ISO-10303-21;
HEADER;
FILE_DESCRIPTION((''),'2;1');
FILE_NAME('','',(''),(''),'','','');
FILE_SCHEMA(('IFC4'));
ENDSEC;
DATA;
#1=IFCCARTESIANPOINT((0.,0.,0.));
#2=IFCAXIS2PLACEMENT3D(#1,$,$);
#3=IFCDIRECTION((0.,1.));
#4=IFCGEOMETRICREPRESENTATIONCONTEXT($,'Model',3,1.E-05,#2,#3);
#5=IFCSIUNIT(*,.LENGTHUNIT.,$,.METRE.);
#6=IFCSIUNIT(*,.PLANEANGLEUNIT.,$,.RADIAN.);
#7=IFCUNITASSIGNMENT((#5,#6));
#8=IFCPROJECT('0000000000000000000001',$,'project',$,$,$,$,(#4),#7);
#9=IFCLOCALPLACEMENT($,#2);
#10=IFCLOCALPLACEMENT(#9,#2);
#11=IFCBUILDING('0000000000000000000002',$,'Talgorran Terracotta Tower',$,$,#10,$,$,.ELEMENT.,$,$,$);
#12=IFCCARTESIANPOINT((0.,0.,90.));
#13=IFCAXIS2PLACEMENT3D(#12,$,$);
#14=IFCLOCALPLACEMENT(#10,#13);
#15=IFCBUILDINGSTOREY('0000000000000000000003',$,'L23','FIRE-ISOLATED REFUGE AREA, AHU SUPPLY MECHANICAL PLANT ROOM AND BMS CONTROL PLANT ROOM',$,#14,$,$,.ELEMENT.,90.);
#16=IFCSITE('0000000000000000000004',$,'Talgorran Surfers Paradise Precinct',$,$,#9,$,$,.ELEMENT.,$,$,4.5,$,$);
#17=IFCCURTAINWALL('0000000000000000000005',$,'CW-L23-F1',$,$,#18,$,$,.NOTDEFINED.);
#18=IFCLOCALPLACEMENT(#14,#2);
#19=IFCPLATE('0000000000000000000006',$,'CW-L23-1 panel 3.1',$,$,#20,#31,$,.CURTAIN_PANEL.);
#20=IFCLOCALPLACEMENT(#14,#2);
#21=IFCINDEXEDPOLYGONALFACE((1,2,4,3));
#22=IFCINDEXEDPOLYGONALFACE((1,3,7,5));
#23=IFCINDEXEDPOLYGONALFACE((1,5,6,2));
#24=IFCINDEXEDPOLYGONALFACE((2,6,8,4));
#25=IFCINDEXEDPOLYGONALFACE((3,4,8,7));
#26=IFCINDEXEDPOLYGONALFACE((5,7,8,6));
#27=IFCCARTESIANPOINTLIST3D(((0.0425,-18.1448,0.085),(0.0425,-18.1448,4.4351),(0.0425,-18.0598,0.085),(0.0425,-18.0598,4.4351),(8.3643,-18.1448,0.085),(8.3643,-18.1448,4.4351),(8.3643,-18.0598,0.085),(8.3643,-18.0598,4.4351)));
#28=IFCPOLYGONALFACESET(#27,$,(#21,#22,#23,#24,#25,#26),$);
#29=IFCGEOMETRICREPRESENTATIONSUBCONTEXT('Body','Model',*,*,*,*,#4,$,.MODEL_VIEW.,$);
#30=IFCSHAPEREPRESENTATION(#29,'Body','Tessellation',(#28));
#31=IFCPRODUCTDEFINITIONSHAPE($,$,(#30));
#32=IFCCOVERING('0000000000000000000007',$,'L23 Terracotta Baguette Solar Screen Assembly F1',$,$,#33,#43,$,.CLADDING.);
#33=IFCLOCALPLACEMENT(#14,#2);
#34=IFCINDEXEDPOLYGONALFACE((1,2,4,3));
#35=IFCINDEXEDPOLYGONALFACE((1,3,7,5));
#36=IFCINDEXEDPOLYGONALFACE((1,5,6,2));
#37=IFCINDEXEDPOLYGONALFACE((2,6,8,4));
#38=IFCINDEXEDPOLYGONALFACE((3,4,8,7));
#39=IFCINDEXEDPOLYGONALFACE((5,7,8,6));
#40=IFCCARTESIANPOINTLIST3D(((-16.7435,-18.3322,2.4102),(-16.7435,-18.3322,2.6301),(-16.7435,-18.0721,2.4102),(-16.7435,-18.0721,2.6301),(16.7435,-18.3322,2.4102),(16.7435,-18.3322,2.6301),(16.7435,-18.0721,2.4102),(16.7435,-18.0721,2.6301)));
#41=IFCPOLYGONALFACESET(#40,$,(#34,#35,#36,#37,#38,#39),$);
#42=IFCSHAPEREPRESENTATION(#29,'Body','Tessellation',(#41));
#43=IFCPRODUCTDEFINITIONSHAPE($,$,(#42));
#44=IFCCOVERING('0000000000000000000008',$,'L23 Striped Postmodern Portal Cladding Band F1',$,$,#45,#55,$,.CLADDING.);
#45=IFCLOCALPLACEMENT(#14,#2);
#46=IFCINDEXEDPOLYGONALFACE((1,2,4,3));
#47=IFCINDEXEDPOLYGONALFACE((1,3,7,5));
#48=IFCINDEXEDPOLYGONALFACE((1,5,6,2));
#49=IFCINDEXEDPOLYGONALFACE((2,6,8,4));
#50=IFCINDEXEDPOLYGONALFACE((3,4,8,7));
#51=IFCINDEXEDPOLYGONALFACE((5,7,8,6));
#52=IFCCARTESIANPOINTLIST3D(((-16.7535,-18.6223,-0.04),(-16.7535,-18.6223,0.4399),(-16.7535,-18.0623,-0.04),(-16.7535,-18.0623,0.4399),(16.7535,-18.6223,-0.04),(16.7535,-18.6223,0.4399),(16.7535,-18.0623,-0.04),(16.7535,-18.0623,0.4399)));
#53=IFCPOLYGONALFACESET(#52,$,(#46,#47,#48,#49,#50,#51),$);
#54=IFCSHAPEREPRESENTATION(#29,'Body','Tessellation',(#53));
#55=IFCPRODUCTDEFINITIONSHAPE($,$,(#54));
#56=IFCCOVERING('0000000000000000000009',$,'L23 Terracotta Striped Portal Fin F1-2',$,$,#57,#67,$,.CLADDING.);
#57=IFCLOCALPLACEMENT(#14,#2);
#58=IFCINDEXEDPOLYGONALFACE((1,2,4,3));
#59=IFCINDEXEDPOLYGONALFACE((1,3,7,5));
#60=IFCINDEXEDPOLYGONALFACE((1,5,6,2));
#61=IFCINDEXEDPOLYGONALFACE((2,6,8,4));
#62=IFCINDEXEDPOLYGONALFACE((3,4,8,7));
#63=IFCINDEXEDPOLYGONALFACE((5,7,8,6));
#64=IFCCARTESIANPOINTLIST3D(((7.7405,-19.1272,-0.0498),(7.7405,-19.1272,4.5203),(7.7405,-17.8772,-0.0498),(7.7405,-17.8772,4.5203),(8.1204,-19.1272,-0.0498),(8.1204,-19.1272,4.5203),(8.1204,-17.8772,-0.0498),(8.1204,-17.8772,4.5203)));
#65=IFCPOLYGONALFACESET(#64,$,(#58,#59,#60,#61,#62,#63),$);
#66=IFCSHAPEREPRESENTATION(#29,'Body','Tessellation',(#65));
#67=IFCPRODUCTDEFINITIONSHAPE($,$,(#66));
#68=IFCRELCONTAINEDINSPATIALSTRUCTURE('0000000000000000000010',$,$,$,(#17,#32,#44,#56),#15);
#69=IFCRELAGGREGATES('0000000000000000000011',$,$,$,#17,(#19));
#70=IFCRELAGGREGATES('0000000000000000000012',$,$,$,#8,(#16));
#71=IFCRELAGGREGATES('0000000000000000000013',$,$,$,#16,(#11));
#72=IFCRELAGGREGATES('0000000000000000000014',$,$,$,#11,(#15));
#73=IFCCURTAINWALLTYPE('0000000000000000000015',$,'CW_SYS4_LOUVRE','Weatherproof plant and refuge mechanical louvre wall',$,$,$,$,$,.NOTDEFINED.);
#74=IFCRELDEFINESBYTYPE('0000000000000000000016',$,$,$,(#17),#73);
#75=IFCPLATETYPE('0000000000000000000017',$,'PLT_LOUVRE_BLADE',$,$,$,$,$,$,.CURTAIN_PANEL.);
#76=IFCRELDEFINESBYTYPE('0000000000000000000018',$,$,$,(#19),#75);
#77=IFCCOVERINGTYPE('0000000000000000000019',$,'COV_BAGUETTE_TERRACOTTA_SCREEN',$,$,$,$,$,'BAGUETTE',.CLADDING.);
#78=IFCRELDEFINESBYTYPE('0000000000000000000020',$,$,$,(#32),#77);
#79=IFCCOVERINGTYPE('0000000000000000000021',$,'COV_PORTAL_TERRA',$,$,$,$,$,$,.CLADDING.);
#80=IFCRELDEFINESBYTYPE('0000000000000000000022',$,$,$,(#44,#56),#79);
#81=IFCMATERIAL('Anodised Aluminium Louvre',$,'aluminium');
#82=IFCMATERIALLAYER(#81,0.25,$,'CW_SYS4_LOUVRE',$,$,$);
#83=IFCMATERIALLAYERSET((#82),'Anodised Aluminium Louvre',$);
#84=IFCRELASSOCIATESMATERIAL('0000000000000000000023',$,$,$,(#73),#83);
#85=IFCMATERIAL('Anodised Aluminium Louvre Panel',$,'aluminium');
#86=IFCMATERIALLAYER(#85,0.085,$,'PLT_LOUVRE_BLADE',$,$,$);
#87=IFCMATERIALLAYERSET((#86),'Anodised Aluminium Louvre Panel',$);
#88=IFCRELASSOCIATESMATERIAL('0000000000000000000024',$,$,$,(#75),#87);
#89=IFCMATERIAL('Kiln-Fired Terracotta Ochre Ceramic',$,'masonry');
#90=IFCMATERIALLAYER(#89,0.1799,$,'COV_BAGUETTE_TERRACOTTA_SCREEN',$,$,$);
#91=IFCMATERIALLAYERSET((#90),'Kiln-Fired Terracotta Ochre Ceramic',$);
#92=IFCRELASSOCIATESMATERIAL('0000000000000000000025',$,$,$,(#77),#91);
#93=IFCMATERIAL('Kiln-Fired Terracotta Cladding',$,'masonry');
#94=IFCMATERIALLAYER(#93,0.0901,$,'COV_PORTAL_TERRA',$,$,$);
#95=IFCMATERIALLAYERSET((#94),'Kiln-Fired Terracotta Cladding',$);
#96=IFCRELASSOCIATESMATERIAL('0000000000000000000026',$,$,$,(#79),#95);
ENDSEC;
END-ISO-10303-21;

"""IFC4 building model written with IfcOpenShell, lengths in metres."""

from ifc_helpers import new_model, si_unit, direction, frame, origin, origin_2d, place, context, subcontext, project, spatial, rectangle, extrude, source, transform, mapped, material, layer, layer_set, type_object, type_shapes, element, aggregate, save


model = new_model("IFC4")

# Units and contexts
model_context = context("Model", 3, precision=1e-05, world=origin(), true_north=direction((0.0, 1.0)))
body_context = subcontext(model_context, "Body", "Model", "MODEL_VIEW")
ifc_project = project(units=[si_unit("LENGTHUNIT", "METRE"), si_unit("PLANEANGLEUNIT", "RADIAN")], contexts=[model_context])

# Site, building, storey
site_placement = place(None, origin())
site = spatial("IfcSite", under=ifc_project, at=site_placement, Name="Talgorran Surfers Paradise Precinct", CompositionType="ELEMENT", RefElevation=4.5)
building_placement = place(site_placement, origin())
building = spatial("IfcBuilding", under=site, at=building_placement, Name="Talgorran Terracotta Tower", CompositionType="ELEMENT")
storey_placement = place(building_placement, frame((0.0, 0.0, 90.0)))
storey = spatial("IfcBuildingStorey", under=building, at=storey_placement, Name="L23", Description="FIRE-ISOLATED REFUGE AREA, AHU SUPPLY MECHANICAL PLANT ROOM AND BMS CONTROL PLANT ROOM", CompositionType="ELEMENT", Elevation=90.0)

# Curtain wall
ifc_material_1 = material(Name="Anodised Aluminium Louvre", Category="aluminium")
ifc_layer_1 = layer(ifc_material_1, 0.25, Name="CW_SYS4_LOUVRE")
ifc_layer_set_1 = layer_set([ifc_layer_1], Name="Anodised Aluminium Louvre")
curtain_wall_type = type_object("IfcCurtainWallType", Name="CW_SYS4_LOUVRE", Description="Weatherproof plant and refuge mechanical louvre wall", PredefinedType="NOTDEFINED", material=ifc_layer_set_1)
curtain_wall_placement = place(storey_placement, origin())
curtain_wall = element("IfcCurtainWall", 1, at=curtain_wall_placement, inside=storey, type_object=curtain_wall_type, Name="CW-L23-F1", PredefinedType="NOTDEFINED")

# Plate
ifc_material_2 = material(Name="Anodised Aluminium Louvre Panel", Category="aluminium")
ifc_layer_2 = layer(ifc_material_2, 0.085, Name="PLT_LOUVRE_BLADE")
ifc_layer_set_2 = layer_set([ifc_layer_2], Name="Anodised Aluminium Louvre Panel")
plate_type_1 = type_object("IfcPlateType", Name="PLT_LOUVRE_BLADE", PredefinedType="CURTAIN_PANEL", material=ifc_layer_set_2)
shared_shape = source(origin(), body_context, "Body", "SweptSolid", [
    extrude(rectangle(XDim=8.3218, YDim=0.085, at=origin_2d()), origin(), (0.0, 0.0, 1.0), 4.3501),
])
type_shapes(plate_type_1, [shared_shape])
plate_1_placement = place(storey_placement, frame((4.2034, -18.1023, 0.085), z_axis=(0.0, 0.0, 1.0), x_axis=(1.0, 0.0, 0.0)))
plate_1 = element("IfcPlate", 2, at=plate_1_placement, type_object=plate_type_1, Name="CW-L23-1 panel 3.1", PredefinedType="CURTAIN_PANEL", context=body_context, shape_type="MappedRepresentation", body=[
    mapped(shared_shape, transform((0.0, 0.0, 0.0), scale=1.0)),
])
aggregate(curtain_wall, [plate_1])

# Coverings
ifc_material_3 = material(Name="Kiln-Fired Terracotta Ochre Ceramic", Category="masonry")
ifc_layer_3 = layer(ifc_material_3, 0.1799, Name="COV_BAGUETTE_TERRACOTTA_SCREEN")
ifc_layer_set_3 = layer_set([ifc_layer_3], Name="Kiln-Fired Terracotta Ochre Ceramic")
covering_type_1 = type_object("IfcCoveringType", Name="COV_BAGUETTE_TERRACOTTA_SCREEN", ElementType="BAGUETTE", PredefinedType="CLADDING", material=ifc_layer_set_3)
covering_1_placement = place(storey_placement, frame((0.0, -18.2021, 2.4102), z_axis=(0.0, 0.0, 1.0), x_axis=(1.0, 0.0, 0.0)))
element("IfcCovering", 3, at=covering_1_placement, inside=storey, type_object=covering_type_1, Name="L23 Terracotta Baguette Solar Screen Assembly F1", PredefinedType="CLADDING", context=body_context, shape_type="SweptSolid", body=[
    extrude(rectangle(XDim=33.4871, YDim=0.26, at=origin_2d()), origin(), (0.0, 0.0, 1.0), 0.22),
])
ifc_material_4 = material(Name="Kiln-Fired Terracotta Cladding", Category="masonry")
ifc_layer_4 = layer(ifc_material_4, 0.0901, Name="COV_PORTAL_TERRA")
ifc_layer_set_4 = layer_set([ifc_layer_4], Name="Kiln-Fired Terracotta Cladding")
covering_type_2 = type_object("IfcCoveringType", Name="COV_PORTAL_TERRA", PredefinedType="CLADDING", material=ifc_layer_set_4)
covering_2_placement = place(storey_placement, frame((0.0, -18.3423, -0.04), z_axis=(0.0, 0.0, 1.0), x_axis=(1.0, 0.0, 0.0)))
element("IfcCovering", 4, at=covering_2_placement, inside=storey, type_object=covering_type_2, Name="L23 Striped Postmodern Portal Cladding Band F1", PredefinedType="CLADDING", context=body_context, shape_type="SweptSolid", body=[
    extrude(rectangle(XDim=33.5071, YDim=0.5601, at=origin_2d()), origin(), (0.0, 0.0, 1.0), 0.48),
])
covering_3_placement = place(storey_placement, frame((7.9304, -18.5022, -0.0498), z_axis=(0.0, 0.0, 1.0), x_axis=(1.0, 0.0, 0.0)))
element("IfcCovering", 5, at=covering_3_placement, inside=storey, type_object=covering_type_2, Name="L23 Terracotta Striped Portal Fin F1-2", PredefinedType="CLADDING", context=body_context, shape_type="SweptSolid", body=[
    extrude(rectangle(XDim=0.3799, YDim=1.25, at=origin_2d()), origin(), (0.0, 0.0, 1.0), 4.5701),
])

save(model, "model.ifc")
